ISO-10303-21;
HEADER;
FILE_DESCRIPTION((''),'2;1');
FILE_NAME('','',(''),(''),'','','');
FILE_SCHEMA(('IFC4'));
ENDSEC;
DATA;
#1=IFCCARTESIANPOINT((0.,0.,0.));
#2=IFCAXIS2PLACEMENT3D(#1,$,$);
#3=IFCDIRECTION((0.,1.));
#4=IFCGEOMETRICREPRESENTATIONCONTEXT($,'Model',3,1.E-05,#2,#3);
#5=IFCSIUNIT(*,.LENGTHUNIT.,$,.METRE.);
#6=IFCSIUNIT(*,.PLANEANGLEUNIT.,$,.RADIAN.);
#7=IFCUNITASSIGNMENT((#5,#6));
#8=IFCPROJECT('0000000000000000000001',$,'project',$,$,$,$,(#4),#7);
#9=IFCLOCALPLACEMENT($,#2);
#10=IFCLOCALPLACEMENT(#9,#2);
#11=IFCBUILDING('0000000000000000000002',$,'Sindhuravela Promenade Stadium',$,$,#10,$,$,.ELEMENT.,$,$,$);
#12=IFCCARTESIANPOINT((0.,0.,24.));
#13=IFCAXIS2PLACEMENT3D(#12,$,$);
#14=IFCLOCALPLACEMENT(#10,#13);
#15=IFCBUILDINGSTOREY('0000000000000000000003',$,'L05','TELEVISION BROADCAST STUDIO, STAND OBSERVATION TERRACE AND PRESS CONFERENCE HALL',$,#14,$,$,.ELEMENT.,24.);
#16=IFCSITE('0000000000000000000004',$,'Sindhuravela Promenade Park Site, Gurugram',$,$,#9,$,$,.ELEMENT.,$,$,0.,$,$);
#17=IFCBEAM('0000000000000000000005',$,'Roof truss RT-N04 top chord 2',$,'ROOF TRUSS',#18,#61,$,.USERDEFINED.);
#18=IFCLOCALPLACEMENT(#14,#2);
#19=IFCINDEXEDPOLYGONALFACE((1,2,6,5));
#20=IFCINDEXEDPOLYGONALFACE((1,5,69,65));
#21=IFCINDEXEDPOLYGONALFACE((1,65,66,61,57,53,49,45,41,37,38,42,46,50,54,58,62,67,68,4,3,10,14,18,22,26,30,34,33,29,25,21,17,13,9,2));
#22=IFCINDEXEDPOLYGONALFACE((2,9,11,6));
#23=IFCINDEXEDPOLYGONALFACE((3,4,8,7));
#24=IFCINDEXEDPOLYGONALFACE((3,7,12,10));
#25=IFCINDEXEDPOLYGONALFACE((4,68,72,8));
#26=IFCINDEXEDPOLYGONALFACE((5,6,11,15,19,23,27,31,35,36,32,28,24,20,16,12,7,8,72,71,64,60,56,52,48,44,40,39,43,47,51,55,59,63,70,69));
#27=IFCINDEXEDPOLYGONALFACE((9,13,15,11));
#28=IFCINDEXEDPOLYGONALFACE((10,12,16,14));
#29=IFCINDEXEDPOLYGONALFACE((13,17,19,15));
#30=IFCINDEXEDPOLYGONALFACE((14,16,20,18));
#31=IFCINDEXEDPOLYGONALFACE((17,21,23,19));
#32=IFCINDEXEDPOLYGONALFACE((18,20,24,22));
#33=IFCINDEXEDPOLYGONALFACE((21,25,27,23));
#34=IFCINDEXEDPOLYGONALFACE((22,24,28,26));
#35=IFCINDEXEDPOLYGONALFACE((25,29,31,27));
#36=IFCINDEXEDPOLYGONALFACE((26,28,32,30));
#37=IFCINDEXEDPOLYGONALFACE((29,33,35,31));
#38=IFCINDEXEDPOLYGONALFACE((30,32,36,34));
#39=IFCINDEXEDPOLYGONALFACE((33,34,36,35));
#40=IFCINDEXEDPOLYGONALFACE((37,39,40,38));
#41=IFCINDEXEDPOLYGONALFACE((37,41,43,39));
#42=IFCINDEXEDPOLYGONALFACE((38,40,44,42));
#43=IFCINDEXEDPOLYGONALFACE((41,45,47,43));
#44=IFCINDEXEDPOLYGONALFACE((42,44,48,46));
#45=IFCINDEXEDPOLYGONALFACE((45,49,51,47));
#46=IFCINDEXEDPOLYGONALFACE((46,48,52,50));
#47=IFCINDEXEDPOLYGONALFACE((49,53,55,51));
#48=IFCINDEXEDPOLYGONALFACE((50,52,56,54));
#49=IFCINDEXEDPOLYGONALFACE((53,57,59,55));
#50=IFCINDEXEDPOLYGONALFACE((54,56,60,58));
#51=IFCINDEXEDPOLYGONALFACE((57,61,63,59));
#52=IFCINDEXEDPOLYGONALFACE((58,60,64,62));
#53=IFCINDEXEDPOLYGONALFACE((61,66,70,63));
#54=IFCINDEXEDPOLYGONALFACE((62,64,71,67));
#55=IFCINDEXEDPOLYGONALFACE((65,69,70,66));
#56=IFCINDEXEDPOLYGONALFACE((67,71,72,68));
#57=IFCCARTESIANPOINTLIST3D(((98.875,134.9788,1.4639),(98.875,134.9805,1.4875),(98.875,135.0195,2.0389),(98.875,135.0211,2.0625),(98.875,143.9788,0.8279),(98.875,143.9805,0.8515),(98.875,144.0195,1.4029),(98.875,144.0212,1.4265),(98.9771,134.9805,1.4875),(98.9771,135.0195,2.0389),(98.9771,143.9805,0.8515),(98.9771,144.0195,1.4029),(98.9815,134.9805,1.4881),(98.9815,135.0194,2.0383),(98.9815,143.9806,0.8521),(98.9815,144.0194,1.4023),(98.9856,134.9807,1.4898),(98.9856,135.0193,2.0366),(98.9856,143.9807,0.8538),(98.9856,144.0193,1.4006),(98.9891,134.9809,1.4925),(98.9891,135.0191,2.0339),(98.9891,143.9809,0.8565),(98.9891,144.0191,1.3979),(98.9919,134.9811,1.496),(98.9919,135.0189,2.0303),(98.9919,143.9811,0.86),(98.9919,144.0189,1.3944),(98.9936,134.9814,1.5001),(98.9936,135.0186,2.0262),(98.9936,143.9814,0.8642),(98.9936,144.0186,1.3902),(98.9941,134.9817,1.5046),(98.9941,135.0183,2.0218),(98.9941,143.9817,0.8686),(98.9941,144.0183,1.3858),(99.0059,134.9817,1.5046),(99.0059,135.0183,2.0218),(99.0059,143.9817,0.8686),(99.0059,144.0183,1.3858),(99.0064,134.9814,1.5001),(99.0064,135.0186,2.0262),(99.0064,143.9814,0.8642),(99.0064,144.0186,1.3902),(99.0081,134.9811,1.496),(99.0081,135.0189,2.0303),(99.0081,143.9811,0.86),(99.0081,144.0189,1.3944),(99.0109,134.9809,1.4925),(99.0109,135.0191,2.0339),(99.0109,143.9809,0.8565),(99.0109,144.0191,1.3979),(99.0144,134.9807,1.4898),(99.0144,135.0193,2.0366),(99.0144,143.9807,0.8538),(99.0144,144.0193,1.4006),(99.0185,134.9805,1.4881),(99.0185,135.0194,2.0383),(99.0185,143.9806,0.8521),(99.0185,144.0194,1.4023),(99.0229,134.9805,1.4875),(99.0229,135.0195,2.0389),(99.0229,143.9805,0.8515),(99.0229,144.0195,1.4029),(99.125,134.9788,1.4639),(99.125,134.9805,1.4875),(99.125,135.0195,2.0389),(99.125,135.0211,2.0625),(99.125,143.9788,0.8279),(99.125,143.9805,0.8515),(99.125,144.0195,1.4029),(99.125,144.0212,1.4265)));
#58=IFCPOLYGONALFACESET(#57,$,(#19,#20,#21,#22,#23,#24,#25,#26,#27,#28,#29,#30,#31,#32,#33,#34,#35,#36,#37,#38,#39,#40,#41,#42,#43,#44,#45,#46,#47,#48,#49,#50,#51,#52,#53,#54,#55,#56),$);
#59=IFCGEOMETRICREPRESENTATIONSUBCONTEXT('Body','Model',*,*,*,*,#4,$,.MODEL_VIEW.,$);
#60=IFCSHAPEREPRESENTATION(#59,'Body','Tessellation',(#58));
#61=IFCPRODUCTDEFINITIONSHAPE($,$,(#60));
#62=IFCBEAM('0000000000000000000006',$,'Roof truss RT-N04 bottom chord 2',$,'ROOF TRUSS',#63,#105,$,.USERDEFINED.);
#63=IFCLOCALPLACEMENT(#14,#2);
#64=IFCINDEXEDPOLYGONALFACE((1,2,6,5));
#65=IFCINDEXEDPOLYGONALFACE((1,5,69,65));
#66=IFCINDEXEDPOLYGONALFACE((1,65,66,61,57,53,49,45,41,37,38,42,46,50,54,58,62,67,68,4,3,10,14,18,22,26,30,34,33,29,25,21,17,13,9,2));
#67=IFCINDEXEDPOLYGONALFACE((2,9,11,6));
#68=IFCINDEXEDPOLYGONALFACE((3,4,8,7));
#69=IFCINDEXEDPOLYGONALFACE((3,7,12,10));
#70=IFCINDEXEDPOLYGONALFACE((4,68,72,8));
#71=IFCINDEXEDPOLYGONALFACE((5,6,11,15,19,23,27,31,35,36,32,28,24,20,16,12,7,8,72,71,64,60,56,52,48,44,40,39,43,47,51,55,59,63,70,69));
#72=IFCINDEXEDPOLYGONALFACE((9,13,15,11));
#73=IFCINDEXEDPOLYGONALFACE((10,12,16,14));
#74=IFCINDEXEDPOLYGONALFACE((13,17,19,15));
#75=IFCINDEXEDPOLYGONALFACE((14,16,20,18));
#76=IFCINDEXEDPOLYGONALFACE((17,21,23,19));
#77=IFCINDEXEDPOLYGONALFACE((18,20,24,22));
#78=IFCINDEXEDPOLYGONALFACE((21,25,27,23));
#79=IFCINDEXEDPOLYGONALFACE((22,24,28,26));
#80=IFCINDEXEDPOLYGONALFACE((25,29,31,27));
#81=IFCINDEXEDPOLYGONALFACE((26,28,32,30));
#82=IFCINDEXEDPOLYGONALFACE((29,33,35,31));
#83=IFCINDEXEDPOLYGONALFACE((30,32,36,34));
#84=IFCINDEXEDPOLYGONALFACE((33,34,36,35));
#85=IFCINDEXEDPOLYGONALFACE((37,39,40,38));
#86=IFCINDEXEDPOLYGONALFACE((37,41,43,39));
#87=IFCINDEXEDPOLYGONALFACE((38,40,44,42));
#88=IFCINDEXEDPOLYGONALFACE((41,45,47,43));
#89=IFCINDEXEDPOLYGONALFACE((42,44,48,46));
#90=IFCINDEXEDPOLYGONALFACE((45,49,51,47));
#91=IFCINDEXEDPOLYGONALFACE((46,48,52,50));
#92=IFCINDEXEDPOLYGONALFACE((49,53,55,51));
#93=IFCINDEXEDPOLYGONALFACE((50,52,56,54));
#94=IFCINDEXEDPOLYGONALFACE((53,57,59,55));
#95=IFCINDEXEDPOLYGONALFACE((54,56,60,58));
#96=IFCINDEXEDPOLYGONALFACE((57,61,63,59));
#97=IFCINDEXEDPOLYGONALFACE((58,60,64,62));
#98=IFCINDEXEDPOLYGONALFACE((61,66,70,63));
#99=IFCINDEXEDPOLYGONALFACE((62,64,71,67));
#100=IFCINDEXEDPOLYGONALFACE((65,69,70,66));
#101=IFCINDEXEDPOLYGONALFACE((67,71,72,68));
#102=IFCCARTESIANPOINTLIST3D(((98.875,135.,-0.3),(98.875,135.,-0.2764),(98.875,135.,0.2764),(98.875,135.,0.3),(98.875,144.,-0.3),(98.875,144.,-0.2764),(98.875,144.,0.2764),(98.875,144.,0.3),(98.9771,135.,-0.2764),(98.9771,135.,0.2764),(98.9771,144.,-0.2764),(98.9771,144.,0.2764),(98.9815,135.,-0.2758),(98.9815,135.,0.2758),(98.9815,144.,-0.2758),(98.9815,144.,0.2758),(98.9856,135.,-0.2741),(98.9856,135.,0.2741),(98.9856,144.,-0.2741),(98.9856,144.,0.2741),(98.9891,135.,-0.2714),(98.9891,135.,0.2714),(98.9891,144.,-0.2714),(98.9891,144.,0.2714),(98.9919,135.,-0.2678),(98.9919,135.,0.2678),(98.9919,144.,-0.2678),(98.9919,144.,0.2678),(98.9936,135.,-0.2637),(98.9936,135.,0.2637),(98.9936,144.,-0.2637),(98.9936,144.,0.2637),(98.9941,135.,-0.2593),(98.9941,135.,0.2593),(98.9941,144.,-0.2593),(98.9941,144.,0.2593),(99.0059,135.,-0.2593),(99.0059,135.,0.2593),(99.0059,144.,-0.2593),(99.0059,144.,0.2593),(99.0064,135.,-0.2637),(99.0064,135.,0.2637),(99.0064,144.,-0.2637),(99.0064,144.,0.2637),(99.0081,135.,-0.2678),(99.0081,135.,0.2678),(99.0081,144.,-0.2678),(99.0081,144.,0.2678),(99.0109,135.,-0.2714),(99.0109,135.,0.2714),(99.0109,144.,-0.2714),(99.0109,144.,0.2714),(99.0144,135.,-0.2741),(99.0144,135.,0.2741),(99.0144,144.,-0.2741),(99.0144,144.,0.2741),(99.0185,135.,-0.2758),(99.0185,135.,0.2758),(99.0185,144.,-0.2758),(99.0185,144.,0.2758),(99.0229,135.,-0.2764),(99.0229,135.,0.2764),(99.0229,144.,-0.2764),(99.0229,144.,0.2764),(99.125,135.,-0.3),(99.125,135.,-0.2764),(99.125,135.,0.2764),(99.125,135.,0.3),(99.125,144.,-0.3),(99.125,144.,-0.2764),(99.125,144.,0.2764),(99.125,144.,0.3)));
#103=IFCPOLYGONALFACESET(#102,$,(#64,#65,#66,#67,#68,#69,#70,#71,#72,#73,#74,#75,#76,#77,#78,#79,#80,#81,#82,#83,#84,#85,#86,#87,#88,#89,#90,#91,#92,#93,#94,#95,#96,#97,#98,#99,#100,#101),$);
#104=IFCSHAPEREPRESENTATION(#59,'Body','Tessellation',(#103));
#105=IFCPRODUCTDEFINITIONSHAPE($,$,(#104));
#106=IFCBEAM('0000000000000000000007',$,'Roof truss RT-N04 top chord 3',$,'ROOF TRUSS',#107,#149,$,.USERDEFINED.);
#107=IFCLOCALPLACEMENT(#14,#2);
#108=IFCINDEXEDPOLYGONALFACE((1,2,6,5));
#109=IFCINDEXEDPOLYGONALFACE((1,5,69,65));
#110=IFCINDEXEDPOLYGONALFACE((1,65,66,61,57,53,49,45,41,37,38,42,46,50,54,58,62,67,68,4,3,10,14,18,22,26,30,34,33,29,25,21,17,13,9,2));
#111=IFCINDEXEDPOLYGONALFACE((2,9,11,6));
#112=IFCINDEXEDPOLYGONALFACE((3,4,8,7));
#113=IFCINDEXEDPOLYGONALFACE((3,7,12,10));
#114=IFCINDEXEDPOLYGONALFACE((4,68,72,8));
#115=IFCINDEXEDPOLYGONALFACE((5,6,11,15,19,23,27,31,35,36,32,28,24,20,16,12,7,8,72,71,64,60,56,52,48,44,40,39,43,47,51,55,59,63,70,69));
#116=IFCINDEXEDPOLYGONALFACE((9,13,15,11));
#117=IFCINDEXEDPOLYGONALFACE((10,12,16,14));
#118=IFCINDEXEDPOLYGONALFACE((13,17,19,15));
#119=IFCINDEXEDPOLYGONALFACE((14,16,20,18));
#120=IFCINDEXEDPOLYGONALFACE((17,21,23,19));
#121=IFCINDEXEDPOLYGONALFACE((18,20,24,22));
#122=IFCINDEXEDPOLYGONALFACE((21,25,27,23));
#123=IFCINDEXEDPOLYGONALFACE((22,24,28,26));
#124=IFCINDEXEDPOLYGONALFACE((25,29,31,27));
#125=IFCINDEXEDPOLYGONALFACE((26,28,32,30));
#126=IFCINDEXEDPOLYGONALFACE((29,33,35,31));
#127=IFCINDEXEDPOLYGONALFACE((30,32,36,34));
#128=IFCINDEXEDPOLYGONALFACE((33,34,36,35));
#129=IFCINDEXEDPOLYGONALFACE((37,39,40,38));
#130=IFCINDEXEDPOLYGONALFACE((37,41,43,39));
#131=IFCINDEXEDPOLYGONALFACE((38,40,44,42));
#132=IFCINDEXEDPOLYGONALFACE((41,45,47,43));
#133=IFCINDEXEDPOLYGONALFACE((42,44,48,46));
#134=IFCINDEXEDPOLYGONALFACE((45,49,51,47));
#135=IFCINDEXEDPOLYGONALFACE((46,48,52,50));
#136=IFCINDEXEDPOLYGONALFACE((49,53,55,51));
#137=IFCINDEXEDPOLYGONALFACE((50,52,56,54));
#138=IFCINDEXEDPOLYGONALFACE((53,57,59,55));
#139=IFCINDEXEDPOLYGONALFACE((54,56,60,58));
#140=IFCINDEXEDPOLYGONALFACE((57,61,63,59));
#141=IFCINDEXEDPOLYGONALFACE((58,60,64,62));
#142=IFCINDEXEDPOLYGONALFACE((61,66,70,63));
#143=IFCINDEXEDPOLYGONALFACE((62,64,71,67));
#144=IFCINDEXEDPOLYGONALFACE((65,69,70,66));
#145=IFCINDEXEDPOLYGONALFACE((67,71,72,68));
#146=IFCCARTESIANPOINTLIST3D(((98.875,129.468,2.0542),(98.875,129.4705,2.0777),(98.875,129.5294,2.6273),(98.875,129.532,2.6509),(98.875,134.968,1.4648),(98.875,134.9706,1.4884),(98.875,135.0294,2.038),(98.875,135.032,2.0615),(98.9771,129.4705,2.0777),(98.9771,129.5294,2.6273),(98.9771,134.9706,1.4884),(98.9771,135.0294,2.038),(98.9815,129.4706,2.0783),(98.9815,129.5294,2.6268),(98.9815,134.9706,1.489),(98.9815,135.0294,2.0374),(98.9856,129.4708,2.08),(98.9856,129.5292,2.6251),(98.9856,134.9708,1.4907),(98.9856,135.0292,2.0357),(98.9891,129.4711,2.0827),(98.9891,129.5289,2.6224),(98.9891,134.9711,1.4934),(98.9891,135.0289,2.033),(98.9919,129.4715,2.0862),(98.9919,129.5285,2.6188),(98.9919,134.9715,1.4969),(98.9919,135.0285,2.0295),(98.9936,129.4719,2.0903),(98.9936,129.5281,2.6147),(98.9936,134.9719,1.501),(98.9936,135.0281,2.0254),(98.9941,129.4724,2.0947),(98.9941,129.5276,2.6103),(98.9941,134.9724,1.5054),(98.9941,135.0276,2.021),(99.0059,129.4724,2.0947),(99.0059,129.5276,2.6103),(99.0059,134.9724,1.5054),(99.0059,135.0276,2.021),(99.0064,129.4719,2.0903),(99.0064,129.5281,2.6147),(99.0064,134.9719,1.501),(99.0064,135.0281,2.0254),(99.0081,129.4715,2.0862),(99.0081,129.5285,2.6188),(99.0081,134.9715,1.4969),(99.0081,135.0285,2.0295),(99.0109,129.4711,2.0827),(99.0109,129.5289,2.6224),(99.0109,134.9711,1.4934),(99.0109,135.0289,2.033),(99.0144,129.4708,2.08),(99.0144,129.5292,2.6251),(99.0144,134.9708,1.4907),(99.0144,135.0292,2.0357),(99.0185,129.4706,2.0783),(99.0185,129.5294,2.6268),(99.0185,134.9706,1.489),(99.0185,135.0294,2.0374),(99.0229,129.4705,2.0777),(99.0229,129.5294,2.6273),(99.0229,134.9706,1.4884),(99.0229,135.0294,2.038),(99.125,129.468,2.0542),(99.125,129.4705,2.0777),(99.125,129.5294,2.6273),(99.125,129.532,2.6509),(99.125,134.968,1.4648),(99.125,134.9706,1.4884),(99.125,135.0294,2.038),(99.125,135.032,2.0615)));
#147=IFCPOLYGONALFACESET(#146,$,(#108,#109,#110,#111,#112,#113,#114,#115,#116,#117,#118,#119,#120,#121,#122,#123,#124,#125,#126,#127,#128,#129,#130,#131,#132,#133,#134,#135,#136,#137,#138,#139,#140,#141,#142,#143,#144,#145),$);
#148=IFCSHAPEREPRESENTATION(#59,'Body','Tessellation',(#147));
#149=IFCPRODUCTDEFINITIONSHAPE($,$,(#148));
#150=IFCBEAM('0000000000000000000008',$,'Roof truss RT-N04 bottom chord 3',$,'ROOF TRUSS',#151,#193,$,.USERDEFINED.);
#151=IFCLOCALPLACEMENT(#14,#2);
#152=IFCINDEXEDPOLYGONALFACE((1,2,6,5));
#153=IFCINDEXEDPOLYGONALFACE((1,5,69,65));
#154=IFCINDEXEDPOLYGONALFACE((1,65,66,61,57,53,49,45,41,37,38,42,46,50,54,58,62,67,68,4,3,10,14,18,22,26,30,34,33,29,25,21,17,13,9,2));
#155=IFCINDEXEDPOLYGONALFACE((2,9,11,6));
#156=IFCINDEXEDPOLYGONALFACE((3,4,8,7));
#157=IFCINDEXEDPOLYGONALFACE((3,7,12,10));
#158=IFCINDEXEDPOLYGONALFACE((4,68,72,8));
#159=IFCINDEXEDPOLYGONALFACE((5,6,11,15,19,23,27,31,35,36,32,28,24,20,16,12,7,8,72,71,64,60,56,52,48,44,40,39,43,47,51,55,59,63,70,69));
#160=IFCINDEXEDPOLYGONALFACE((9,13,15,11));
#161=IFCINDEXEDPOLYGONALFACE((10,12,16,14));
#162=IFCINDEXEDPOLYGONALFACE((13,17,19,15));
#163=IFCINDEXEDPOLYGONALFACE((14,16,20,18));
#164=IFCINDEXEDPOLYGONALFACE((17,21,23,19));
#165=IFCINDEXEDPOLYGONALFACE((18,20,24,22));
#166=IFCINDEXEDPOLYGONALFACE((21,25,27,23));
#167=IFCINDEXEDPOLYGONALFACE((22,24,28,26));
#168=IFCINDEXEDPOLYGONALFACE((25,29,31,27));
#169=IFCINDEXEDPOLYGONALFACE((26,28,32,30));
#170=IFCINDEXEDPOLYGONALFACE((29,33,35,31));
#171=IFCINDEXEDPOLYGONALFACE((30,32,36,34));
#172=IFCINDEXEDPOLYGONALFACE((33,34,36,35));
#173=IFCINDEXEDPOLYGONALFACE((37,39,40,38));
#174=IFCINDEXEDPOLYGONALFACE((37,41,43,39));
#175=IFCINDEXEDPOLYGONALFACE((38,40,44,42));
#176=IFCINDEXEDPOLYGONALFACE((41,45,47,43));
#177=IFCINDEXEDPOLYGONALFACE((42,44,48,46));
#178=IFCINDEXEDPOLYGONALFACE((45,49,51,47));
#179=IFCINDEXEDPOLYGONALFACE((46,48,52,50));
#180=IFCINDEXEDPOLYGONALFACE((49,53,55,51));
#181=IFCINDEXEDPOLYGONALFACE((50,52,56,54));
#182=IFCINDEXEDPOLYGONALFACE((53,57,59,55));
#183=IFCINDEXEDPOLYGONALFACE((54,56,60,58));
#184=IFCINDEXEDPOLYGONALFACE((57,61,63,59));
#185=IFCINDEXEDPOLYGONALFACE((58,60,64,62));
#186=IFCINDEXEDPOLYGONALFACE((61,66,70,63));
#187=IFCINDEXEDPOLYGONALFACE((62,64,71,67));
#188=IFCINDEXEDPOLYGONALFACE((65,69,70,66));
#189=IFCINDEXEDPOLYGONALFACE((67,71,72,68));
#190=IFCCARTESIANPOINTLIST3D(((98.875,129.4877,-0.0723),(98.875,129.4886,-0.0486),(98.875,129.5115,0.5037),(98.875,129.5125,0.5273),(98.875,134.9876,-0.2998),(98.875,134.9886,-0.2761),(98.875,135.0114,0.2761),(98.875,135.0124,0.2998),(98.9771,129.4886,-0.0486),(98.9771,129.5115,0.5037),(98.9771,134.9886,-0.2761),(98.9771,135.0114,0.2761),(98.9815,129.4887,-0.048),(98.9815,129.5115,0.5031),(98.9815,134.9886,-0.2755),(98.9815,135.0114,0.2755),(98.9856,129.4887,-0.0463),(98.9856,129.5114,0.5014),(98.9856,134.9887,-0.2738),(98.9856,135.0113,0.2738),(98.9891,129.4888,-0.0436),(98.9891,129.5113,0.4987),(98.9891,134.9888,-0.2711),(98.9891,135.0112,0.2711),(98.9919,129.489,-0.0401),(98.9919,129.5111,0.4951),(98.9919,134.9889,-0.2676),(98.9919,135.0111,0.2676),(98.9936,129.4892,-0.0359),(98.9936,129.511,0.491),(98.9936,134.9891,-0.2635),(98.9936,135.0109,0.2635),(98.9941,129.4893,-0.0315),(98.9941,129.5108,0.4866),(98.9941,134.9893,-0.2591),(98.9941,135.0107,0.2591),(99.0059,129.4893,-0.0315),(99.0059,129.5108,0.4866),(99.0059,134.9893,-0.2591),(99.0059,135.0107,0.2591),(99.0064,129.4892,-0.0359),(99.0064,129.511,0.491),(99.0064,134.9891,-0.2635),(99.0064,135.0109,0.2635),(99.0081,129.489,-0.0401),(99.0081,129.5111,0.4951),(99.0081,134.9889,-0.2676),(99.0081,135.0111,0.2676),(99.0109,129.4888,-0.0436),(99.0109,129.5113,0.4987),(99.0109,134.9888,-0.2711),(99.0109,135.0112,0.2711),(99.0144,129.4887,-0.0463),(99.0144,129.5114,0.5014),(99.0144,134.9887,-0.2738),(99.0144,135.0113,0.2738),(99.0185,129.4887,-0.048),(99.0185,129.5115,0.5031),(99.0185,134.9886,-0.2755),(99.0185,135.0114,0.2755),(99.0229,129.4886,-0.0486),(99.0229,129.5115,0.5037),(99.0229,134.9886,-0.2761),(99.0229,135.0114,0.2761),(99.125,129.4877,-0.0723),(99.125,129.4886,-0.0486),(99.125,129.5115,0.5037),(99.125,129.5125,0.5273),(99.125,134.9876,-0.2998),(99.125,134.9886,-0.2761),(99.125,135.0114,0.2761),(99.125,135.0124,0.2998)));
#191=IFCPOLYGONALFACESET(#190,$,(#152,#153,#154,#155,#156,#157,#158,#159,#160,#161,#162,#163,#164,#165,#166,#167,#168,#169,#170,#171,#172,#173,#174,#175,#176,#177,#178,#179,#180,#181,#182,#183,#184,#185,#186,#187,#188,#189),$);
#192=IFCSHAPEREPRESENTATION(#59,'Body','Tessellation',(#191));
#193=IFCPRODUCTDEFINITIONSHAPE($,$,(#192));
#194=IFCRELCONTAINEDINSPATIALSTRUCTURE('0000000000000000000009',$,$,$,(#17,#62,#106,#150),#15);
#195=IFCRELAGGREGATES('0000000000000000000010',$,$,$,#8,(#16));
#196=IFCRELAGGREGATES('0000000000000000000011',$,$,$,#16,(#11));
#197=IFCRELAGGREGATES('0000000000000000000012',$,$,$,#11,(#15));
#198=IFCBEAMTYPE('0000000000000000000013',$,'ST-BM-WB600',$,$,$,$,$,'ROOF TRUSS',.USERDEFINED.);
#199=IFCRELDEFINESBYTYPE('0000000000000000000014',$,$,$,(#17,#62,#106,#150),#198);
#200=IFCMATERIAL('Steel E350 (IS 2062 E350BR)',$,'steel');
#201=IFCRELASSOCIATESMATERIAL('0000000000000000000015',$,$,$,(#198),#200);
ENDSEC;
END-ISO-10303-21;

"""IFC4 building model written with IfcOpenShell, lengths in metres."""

from ifc_helpers import new_model, si_unit, direction, frame, origin, origin_2d, place, context, subcontext, project, spatial, i_section, extrude, material, material_profile, profile_set, type_object, element, save


model = new_model("IFC4")

# Units and contexts
model_context = context("Model", 3, precision=1e-05, world=origin(), true_north=direction((0.0, 1.0)))
body_context = subcontext(model_context, "Body", "Model", "MODEL_VIEW")
ifc_project = project(units=[si_unit("LENGTHUNIT", "METRE"), si_unit("PLANEANGLEUNIT", "RADIAN")], contexts=[model_context])

# Site, building, storey
site_placement = place(None, origin())
site = spatial("IfcSite", under=ifc_project, at=site_placement, Name="Sindhuravela Promenade Park Site, Gurugram", CompositionType="ELEMENT", RefElevation=0.0)
building_placement = place(site_placement, origin())
building = spatial("IfcBuilding", under=site, at=building_placement, Name="Sindhuravela Promenade Stadium", CompositionType="ELEMENT")
storey_placement = place(building_placement, frame((0.0, 0.0, 24.0)))
storey = spatial("IfcBuildingStorey", under=building, at=storey_placement, Name="L05", Description="TELEVISION BROADCAST STUDIO, STAND OBSERVATION TERRACE AND PRESS CONFERENCE HALL", CompositionType="ELEMENT", Elevation=24.0)

# Beams
ifc_material_1 = material(Name="Steel E350 (IS 2062 E350BR)", Category="steel")
ifc_material_profile_1 = material_profile(ifc_material_1, i_section(OverallWidth=0.25, OverallDepth=0.6001, WebThickness=0.0117, FlangeThickness=0.0237, FilletRadius=0.0171, at=origin_2d()), Name="ISWB 600")
ifc_profile_set_1 = profile_set([ifc_material_profile_1], Name="Steel E350 (IS 2062 E350BR)")
beam_type = type_object("IfcBeamType", Name="ST-BM-WB600", ElementType="ROOF TRUSS", PredefinedType="USERDEFINED", material=ifc_profile_set_1)
beam_1_placement = place(storey_placement, frame((99.0, 144.0, 1.1272), z_axis=(0.0, -0.997513, 0.070489), x_axis=(1.0, 0.0, 0.0)))
element("IfcBeam", 1, at=beam_1_placement, inside=storey, type_object=beam_type, Name="Roof truss RT-N04 top chord 2", ObjectType="ROOF TRUSS", PredefinedType="USERDEFINED", context=body_context, shape_type="SweptSolid", body=[
    extrude(i_section(OverallWidth=0.25, OverallDepth=0.6001, WebThickness=0.0117, FlangeThickness=0.0237, FilletRadius=0.0171, at=origin_2d()), origin(), (0.0, 0.0, 1.0), 9.0225),
])
beam_2_placement = place(storey_placement, frame((99.0, 144.0, 0.0), z_axis=(0.0, -1.0, 0.0), x_axis=(1.0, 0.0, 0.0)))
element("IfcBeam", 2, at=beam_2_placement, inside=storey, type_object=beam_type, Name="Roof truss RT-N04 bottom chord 2", ObjectType="ROOF TRUSS", PredefinedType="USERDEFINED", context=body_context, shape_type="SweptSolid", body=[
    extrude(i_section(OverallWidth=0.25, OverallDepth=0.6001, WebThickness=0.0117, FlangeThickness=0.0237, FilletRadius=0.0171, at=origin_2d()), origin(), (0.0, 0.0, 1.0), 9.0),
])
beam_3_placement = place(storey_placement, frame((99.0, 135.0, 1.7632), z_axis=(0.0, -0.994308, 0.106546), x_axis=(1.0, 0.0, 0.0)))
element("IfcBeam", 3, at=beam_3_placement, inside=storey, type_object=beam_type, Name="Roof truss RT-N04 top chord 3", ObjectType="ROOF TRUSS", PredefinedType="USERDEFINED", context=body_context, shape_type="SweptSolid", body=[
    extrude(i_section(OverallWidth=0.25, OverallDepth=0.6001, WebThickness=0.0117, FlangeThickness=0.0237, FilletRadius=0.0171, at=origin_2d()), origin(), (0.0, 0.0, 1.0), 5.5315),
])
beam_4_placement = place(storey_placement, frame((99.0, 135.0, 0.0), z_axis=(0.0, -0.999145, 0.041335), x_axis=(1.0, 0.0, 0.0)))
element("IfcBeam", 4, at=beam_4_placement, inside=storey, type_object=beam_type, Name="Roof truss RT-N04 bottom chord 3", ObjectType="ROOF TRUSS", PredefinedType="USERDEFINED", context=body_context, shape_type="SweptSolid", body=[
    extrude(i_section(OverallWidth=0.25, OverallDepth=0.6001, WebThickness=0.0117, FlangeThickness=0.0237, FilletRadius=0.0171, at=origin_2d()), origin(), (0.0, 0.0, 1.0), 5.5046),
])

save(model, "model.ifc")
